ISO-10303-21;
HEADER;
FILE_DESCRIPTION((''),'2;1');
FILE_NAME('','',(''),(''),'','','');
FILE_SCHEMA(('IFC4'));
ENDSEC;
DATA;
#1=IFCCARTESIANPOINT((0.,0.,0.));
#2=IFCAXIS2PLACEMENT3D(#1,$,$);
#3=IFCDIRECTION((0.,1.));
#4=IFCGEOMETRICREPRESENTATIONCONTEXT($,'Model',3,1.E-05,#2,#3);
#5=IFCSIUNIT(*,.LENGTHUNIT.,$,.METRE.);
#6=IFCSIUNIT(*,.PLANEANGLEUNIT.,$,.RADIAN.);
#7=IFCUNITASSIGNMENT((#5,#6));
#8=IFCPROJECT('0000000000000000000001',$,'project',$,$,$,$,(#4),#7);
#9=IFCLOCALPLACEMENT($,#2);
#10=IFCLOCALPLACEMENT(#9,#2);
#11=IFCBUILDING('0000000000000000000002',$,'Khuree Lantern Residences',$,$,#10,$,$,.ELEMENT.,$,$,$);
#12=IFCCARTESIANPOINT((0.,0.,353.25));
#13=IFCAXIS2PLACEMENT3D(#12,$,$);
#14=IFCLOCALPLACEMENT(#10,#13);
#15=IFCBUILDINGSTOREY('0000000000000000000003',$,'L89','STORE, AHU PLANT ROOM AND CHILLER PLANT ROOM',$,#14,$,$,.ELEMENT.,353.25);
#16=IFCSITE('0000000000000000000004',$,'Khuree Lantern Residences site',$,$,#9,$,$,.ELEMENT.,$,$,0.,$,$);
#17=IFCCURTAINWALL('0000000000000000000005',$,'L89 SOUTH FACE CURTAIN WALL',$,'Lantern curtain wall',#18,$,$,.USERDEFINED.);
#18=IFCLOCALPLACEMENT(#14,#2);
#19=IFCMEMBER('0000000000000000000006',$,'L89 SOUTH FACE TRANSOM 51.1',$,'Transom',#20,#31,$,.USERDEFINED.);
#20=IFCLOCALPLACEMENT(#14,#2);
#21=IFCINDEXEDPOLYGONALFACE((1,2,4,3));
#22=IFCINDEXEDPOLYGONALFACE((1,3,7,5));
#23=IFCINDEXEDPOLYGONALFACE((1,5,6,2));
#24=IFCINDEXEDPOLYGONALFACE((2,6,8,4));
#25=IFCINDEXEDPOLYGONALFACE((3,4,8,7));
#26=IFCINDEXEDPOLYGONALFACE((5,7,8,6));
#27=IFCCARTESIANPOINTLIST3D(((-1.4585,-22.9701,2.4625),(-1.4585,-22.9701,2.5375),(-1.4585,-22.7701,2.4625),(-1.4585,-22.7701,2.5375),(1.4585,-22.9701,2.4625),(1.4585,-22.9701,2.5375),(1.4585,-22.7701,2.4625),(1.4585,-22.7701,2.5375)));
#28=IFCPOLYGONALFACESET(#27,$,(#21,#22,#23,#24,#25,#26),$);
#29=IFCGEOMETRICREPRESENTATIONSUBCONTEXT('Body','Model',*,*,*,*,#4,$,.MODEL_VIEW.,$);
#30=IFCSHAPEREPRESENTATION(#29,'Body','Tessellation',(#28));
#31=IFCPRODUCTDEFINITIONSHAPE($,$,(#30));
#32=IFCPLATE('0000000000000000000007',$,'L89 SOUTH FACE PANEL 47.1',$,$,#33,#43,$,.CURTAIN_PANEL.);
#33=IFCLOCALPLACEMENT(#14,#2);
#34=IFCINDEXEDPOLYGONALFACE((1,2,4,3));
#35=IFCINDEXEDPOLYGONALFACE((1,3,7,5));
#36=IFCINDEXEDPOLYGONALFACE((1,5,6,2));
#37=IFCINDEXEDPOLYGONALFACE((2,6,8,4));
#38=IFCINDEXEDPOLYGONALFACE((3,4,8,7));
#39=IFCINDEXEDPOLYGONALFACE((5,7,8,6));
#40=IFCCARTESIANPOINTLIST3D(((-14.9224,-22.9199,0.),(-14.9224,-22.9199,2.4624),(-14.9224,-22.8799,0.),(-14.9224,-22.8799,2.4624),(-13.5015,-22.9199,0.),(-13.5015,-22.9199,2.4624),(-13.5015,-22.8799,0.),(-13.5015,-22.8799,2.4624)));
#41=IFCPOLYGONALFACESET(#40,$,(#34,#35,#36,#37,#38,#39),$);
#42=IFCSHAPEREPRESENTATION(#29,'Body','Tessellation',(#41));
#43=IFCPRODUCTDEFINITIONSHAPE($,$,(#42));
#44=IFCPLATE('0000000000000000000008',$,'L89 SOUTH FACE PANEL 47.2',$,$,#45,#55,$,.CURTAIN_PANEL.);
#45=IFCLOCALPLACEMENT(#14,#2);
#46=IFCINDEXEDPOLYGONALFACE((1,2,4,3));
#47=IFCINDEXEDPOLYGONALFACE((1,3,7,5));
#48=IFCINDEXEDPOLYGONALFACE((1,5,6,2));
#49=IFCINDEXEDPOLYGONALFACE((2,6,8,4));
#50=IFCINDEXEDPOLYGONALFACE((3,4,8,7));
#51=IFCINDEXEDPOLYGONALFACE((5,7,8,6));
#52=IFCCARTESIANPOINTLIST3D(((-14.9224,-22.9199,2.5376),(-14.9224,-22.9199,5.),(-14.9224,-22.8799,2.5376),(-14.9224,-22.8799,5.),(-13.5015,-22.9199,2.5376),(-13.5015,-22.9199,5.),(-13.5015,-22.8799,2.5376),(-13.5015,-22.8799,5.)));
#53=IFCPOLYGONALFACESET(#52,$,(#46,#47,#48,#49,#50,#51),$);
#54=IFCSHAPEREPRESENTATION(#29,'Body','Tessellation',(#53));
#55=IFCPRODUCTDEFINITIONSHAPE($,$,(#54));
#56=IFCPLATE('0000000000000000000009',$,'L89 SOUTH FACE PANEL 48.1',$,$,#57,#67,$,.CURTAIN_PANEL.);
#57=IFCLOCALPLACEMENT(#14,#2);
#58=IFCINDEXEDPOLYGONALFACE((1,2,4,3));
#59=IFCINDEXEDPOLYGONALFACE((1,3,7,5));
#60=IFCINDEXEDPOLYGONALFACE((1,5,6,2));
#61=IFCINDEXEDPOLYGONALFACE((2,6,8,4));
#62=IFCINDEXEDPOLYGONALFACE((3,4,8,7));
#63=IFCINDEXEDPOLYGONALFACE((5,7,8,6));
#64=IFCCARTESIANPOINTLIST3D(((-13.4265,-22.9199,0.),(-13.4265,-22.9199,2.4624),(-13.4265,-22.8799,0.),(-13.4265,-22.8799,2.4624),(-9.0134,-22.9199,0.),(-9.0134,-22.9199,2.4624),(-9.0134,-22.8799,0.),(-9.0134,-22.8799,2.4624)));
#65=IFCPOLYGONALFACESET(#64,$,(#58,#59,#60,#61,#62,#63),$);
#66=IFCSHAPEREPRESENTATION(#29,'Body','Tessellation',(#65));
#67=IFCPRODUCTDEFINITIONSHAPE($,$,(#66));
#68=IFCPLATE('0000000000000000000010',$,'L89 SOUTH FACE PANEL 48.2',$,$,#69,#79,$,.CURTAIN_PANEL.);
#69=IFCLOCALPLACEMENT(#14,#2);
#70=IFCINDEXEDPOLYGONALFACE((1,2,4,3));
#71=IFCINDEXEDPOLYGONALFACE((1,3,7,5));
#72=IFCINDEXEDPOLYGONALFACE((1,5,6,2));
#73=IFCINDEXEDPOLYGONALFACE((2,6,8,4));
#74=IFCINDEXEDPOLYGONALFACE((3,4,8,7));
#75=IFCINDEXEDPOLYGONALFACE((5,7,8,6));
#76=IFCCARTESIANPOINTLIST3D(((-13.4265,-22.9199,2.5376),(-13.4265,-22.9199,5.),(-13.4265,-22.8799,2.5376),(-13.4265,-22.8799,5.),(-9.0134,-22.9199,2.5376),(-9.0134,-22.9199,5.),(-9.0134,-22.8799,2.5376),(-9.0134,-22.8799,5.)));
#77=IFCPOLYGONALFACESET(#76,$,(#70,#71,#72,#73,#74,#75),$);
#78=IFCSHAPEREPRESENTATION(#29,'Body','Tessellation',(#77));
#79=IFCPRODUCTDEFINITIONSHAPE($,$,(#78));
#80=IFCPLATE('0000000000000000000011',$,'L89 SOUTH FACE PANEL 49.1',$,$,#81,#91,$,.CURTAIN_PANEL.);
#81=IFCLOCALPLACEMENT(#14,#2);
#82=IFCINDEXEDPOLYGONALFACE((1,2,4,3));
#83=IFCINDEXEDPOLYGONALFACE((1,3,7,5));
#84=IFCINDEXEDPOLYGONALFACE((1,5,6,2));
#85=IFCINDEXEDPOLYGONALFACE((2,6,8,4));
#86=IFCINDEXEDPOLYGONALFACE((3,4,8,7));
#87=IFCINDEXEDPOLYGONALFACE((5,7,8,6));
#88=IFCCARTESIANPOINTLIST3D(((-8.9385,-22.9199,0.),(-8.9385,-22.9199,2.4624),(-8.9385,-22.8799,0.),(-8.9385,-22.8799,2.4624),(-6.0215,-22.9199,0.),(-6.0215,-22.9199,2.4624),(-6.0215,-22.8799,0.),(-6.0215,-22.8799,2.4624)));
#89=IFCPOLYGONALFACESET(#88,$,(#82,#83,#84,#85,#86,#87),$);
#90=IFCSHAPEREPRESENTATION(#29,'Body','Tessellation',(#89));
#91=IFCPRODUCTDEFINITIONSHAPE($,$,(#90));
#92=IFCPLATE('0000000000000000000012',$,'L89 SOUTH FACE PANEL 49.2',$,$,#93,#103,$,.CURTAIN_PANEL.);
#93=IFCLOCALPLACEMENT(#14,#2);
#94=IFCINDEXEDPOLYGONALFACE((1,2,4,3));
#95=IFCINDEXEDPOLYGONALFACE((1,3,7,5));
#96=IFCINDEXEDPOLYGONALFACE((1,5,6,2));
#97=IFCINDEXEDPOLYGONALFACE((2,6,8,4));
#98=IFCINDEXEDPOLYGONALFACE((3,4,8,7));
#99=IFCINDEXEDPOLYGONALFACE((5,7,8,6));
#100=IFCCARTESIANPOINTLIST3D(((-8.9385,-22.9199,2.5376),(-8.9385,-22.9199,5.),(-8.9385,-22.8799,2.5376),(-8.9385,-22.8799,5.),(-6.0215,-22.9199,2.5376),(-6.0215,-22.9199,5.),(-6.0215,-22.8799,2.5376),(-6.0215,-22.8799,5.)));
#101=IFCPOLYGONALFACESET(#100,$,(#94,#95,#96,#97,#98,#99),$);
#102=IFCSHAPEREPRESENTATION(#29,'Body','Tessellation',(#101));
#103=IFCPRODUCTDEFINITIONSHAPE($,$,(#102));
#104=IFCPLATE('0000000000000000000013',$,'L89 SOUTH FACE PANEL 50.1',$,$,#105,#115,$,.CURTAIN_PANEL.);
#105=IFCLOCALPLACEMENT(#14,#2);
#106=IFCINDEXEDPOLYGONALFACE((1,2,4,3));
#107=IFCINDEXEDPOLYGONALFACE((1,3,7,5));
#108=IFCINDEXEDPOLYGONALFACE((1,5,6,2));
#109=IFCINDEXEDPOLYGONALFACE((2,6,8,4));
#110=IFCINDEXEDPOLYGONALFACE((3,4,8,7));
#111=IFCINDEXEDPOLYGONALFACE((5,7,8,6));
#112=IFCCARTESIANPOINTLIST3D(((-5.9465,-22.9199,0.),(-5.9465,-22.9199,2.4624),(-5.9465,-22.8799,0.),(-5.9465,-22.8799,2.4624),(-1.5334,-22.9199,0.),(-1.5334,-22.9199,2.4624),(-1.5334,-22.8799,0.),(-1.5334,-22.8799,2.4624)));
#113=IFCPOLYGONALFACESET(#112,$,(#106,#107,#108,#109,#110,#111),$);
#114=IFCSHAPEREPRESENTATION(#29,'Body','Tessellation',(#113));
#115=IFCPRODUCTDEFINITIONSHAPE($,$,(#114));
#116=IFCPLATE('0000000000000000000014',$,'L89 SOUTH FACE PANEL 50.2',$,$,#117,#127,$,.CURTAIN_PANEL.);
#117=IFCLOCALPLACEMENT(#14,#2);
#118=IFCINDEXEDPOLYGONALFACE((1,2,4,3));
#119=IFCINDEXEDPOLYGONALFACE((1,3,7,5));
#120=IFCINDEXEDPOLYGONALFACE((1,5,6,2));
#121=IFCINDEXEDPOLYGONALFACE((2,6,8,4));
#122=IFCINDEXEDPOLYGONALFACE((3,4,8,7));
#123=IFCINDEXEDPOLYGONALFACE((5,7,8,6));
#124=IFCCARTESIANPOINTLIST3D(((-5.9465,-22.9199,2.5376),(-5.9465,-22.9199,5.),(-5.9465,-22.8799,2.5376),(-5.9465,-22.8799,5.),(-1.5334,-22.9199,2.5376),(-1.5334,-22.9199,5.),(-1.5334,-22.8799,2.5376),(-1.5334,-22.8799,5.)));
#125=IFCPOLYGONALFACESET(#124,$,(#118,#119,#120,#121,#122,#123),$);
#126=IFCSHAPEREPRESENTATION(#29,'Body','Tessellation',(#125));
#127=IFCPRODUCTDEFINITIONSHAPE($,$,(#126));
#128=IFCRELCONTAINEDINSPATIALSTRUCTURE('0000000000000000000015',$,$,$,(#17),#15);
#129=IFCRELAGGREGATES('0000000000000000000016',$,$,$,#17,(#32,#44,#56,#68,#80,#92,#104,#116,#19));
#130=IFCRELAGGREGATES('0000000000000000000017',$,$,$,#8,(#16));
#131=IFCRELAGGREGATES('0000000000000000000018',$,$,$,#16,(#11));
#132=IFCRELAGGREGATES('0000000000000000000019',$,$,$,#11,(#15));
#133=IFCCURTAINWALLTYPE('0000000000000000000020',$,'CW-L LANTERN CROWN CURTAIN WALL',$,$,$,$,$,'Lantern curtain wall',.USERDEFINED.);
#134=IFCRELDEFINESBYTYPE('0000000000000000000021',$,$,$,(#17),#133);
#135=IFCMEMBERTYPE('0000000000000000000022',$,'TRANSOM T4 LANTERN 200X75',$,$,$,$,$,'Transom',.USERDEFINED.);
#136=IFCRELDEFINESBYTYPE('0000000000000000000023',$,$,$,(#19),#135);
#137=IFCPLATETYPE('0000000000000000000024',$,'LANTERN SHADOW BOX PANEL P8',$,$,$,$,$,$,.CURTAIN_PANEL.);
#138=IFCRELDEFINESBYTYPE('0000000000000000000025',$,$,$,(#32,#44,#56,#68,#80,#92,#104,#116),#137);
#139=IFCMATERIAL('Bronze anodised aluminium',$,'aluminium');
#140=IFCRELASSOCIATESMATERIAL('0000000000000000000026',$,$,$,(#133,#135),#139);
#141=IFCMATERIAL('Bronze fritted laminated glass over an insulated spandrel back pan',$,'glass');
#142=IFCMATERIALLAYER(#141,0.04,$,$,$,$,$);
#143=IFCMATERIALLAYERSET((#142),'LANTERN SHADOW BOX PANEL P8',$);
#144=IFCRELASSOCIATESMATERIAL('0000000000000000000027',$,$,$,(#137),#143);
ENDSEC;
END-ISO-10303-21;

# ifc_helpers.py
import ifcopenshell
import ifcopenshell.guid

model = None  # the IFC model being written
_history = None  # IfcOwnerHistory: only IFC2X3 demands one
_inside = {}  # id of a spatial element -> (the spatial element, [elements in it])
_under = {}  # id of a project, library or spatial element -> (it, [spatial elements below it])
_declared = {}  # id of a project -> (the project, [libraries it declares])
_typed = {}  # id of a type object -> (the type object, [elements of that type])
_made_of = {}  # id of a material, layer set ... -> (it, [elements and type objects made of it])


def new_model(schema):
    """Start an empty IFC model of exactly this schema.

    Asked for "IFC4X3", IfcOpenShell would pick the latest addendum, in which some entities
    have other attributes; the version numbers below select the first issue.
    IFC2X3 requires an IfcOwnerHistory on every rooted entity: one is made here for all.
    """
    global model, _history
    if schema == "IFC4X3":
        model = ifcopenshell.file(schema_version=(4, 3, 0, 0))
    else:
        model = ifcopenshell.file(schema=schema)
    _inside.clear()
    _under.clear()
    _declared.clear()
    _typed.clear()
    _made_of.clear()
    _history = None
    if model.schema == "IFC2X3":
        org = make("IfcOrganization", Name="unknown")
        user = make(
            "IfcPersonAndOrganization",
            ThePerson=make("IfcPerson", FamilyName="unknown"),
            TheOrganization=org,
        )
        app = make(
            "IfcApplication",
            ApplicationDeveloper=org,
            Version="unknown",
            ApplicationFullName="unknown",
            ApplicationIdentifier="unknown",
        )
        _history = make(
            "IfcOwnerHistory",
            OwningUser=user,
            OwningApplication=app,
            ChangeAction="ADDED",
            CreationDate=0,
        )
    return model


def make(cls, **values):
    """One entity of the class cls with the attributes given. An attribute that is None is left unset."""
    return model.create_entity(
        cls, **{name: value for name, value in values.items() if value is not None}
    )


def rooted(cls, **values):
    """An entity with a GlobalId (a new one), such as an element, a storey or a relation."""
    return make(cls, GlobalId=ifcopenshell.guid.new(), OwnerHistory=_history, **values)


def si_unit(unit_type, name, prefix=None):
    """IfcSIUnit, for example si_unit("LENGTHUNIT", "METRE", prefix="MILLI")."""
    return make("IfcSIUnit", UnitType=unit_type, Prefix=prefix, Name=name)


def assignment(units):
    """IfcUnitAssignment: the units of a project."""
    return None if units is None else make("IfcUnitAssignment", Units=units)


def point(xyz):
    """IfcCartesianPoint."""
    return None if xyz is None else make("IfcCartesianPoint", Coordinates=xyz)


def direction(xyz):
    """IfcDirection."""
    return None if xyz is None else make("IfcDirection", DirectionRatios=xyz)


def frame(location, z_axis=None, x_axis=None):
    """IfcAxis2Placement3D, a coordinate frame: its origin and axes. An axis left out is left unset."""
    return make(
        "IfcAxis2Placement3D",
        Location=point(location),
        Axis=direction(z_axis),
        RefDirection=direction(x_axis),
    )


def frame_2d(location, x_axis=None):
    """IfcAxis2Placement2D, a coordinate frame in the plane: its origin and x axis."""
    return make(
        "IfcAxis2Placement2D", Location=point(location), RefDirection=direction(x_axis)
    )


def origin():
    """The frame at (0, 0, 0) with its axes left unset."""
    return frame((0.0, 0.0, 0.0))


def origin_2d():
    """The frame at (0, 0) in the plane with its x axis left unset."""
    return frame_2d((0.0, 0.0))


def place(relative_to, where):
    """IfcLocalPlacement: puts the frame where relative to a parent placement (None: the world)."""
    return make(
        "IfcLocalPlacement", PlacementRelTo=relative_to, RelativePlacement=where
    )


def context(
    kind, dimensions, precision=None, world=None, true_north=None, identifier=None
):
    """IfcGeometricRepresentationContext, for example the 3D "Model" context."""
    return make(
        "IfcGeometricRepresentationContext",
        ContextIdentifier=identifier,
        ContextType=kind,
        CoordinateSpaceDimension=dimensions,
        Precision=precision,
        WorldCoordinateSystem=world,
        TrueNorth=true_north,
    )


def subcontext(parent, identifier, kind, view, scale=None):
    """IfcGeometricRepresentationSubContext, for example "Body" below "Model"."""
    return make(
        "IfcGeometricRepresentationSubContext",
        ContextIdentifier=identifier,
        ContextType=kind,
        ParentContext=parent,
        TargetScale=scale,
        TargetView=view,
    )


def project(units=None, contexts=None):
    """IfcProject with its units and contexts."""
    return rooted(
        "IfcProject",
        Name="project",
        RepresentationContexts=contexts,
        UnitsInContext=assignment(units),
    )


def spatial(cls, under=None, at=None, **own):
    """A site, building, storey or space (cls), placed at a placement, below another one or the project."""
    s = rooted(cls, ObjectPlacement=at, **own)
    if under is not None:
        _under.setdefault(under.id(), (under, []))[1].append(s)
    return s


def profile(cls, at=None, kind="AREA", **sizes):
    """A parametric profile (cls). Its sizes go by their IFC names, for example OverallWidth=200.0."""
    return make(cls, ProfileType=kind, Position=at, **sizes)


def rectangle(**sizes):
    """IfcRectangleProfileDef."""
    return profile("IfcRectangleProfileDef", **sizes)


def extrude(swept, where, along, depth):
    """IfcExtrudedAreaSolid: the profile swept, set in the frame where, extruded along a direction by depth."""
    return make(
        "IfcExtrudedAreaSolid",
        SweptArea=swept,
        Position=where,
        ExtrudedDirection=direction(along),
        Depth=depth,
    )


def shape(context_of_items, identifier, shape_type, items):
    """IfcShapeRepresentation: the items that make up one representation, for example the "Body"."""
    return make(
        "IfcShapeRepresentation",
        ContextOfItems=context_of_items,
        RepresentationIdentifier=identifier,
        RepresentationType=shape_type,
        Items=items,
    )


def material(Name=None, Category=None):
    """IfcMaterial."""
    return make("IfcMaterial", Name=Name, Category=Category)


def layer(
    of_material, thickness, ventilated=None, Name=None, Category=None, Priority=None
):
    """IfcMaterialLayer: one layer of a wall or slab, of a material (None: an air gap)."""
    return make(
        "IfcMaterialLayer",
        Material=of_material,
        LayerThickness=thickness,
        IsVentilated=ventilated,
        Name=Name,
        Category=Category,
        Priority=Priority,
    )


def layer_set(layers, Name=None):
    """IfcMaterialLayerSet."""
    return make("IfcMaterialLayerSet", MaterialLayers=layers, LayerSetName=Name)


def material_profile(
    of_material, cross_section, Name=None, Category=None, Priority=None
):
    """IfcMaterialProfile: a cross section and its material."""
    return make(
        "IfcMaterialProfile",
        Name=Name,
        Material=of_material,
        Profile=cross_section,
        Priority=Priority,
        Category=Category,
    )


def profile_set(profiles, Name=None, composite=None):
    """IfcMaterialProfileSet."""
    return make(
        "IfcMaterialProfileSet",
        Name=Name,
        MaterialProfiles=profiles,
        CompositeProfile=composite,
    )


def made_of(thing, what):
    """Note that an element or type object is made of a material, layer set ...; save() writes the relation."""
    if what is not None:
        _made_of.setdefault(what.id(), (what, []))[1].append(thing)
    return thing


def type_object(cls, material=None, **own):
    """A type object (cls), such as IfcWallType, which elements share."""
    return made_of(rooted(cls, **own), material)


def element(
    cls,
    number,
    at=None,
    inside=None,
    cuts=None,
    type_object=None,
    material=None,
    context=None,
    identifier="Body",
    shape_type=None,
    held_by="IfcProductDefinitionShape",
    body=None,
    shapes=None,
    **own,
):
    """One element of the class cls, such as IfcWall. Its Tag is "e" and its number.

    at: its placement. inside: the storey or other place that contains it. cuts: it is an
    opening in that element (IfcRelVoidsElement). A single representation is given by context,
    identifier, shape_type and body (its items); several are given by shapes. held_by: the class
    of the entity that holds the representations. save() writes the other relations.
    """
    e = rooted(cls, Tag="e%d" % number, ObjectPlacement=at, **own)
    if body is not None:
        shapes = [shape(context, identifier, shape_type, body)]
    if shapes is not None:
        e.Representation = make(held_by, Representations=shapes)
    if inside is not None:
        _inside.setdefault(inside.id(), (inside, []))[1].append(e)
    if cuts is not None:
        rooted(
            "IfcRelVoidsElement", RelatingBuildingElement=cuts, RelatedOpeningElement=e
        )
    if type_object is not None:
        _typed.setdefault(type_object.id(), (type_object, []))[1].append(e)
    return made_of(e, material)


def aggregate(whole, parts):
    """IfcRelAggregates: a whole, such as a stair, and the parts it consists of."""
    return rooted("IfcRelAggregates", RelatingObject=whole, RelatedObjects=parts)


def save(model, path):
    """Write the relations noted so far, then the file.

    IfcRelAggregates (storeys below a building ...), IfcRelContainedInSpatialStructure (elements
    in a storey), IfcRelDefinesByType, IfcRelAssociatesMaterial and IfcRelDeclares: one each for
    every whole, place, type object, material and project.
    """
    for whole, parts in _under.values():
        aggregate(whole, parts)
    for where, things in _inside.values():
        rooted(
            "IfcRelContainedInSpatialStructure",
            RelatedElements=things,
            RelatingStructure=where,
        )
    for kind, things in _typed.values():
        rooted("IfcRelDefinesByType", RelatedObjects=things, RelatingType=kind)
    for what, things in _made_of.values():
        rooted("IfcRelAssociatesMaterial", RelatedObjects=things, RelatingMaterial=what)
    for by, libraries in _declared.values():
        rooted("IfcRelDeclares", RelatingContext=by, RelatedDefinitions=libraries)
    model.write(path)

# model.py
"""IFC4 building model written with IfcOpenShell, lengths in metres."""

from ifc_helpers import new_model, si_unit, direction, frame, origin, origin_2d, place, context, subcontext, project, spatial, rectangle, extrude, material, layer, layer_set, material_profile, profile_set, type_object, element, aggregate, save


model = new_model("IFC4")

# Units and contexts
model_context = context("Model", 3, precision=1e-05, world=origin(), true_north=direction((0.0, 1.0)))
body_context = subcontext(model_context, "Body", "Model", "MODEL_VIEW")
ifc_project = project(units=[si_unit("LENGTHUNIT", "METRE"), si_unit("PLANEANGLEUNIT", "RADIAN")], contexts=[model_context])

# Site, building, storey
site_placement = place(None, origin())
site = spatial("IfcSite", under=ifc_project, at=site_placement, Name="Khuree Lantern Residences site", CompositionType="ELEMENT", RefElevation=0.0)
building_placement = place(site_placement, origin())
building = spatial("IfcBuilding", under=site, at=building_placement, Name="Khuree Lantern Residences", CompositionType="ELEMENT")
storey_placement = place(building_placement, frame((0.0, 0.0, 353.25)))
storey = spatial("IfcBuildingStorey", under=building, at=storey_placement, Name="L89", Description="STORE, AHU PLANT ROOM AND CHILLER PLANT ROOM", CompositionType="ELEMENT", Elevation=353.25)

# Curtain wall
ifc_material_1 = material(Name="Bronze anodised aluminium", Category="aluminium")
curtain_wall_type = type_object("IfcCurtainWallType", Name="CW-L LANTERN CROWN CURTAIN WALL", ElementType="Lantern curtain wall", PredefinedType="USERDEFINED", material=ifc_material_1)
curtain_wall_placement = place(storey_placement, origin())
curtain_wall = element("IfcCurtainWall", 1, at=curtain_wall_placement, inside=storey, type_object=curtain_wall_type, Name="L89 SOUTH FACE CURTAIN WALL", ObjectType="Lantern curtain wall", PredefinedType="USERDEFINED")

# Member
ifc_material_profile_1 = material_profile(ifc_material_1, rectangle(XDim=0.2, YDim=0.075, at=origin_2d()), Name="T4 200X75")
ifc_profile_set_1 = profile_set([ifc_material_profile_1], Name="Bronze anodised aluminium")
member_type_1 = type_object("IfcMemberType", Name="TRANSOM T4 LANTERN 200X75", ElementType="Transom", PredefinedType="USERDEFINED", material=ifc_profile_set_1)
member_1_placement = place(storey_placement, frame((-1.4585, -22.8701, 2.5), z_axis=(1.0, 0.0, 0.0), x_axis=(0.0, 1.0, 0.0)))
member_1 = element("IfcMember", 2, at=member_1_placement, type_object=member_type_1, Name="L89 SOUTH FACE TRANSOM 51.1", ObjectType="Transom", PredefinedType="USERDEFINED", context=body_context, shape_type="SweptSolid", body=[
    extrude(rectangle(XDim=0.2, YDim=0.075, at=origin_2d()), origin(), (0.0, 0.0, 1.0), 2.917),
])

# Plates
ifc_material_2 = material(Name="Bronze fritted laminated glass over an insulated spandrel back pan", Category="glass")
ifc_layer = layer(ifc_material_2, 0.04)
ifc_layer_set = layer_set([ifc_layer], Name="LANTERN SHADOW BOX PANEL P8")
plate_type = type_object("IfcPlateType", Name="LANTERN SHADOW BOX PANEL P8", PredefinedType="CURTAIN_PANEL", material=ifc_layer_set)
plate_1_placement = place(storey_placement, frame((-14.2119, -22.8999, 0.0), z_axis=(0.0, 0.0, 1.0), x_axis=(1.0, 0.0, 0.0)))
plate_1 = element("IfcPlate", 3, at=plate_1_placement, type_object=plate_type, Name="L89 SOUTH FACE PANEL 47.1", PredefinedType="CURTAIN_PANEL", context=body_context, shape_type="SweptSolid", body=[
    extrude(rectangle(XDim=1.4209, YDim=0.04, at=origin_2d()), origin(), (0.0, 0.0, 1.0), 2.4624),
])
plate_2_placement = place(storey_placement, frame((-14.2119, -22.8999, 2.5376), z_axis=(0.0, 0.0, 1.0), x_axis=(1.0, 0.0, 0.0)))
plate_2 = element("IfcPlate", 4, at=plate_2_placement, type_object=plate_type, Name="L89 SOUTH FACE PANEL 47.2", PredefinedType="CURTAIN_PANEL", context=body_context, shape_type="SweptSolid", body=[
    extrude(rectangle(XDim=1.4209, YDim=0.04, at=origin_2d()), origin(), (0.0, 0.0, 1.0), 2.4624),
])
plate_3_placement = place(storey_placement, frame((-11.22, -22.8999, 0.0), z_axis=(0.0, 0.0, 1.0), x_axis=(1.0, 0.0, 0.0)))
plate_3 = element("IfcPlate", 5, at=plate_3_placement, type_object=plate_type, Name="L89 SOUTH FACE PANEL 48.1", PredefinedType="CURTAIN_PANEL", context=body_context, shape_type="SweptSolid", body=[
    extrude(rectangle(XDim=4.4131, YDim=0.04, at=origin_2d()), origin(), (0.0, 0.0, 1.0), 2.4624),
])
plate_4_placement = place(storey_placement, frame((-11.22, -22.8999, 2.5376), z_axis=(0.0, 0.0, 1.0), x_axis=(1.0, 0.0, 0.0)))
plate_4 = element("IfcPlate", 6, at=plate_4_placement, type_object=plate_type, Name="L89 SOUTH FACE PANEL 48.2", PredefinedType="CURTAIN_PANEL", context=body_context, shape_type="SweptSolid", body=[
    extrude(rectangle(XDim=4.4131, YDim=0.04, at=origin_2d()), origin(), (0.0, 0.0, 1.0), 2.4624),
])
plate_5_placement = place(storey_placement, frame((-7.48, -22.8999, 0.0), z_axis=(0.0, 0.0, 1.0), x_axis=(1.0, 0.0, 0.0)))
plate_5 = element("IfcPlate", 7, at=plate_5_placement, type_object=plate_type, Name="L89 SOUTH FACE PANEL 49.1", PredefinedType="CURTAIN_PANEL", context=body_context, shape_type="SweptSolid", body=[
    extrude(rectangle(XDim=2.917, YDim=0.04, at=origin_2d()), origin(), (0.0, 0.0, 1.0), 2.4624),
])
plate_6_placement = place(storey_placement, frame((-7.48, -22.8999, 2.5376), z_axis=(0.0, 0.0, 1.0), x_axis=(1.0, 0.0, 0.0)))
plate_6 = element("IfcPlate", 8, at=plate_6_placement, type_object=plate_type, Name="L89 SOUTH FACE PANEL 49.2", PredefinedType="CURTAIN_PANEL", context=body_context, shape_type="SweptSolid", body=[
    extrude(rectangle(XDim=2.917, YDim=0.04, at=origin_2d()), origin(), (0.0, 0.0, 1.0), 2.4624),
])
plate_7_placement = place(storey_placement, frame((-3.74, -22.8999, 0.0), z_axis=(0.0, 0.0, 1.0), x_axis=(1.0, 0.0, 0.0)))
plate_7 = element("IfcPlate", 9, at=plate_7_placement, type_object=plate_type, Name="L89 SOUTH FACE PANEL 50.1", PredefinedType="CURTAIN_PANEL", context=body_context, shape_type="SweptSolid", body=[
    extrude(rectangle(XDim=4.4131, YDim=0.04, at=origin_2d()), origin(), (0.0, 0.0, 1.0), 2.4624),
])
plate_8_placement = place(storey_placement, frame((-3.74, -22.8999, 2.5376), z_axis=(0.0, 0.0, 1.0), x_axis=(1.0, 0.0, 0.0)))
plate_8 = element("IfcPlate", 10, at=plate_8_placement, type_object=plate_type, Name="L89 SOUTH FACE PANEL 50.2", PredefinedType="CURTAIN_PANEL", context=body_context, shape_type="SweptSolid", body=[
    extrude(rectangle(XDim=4.4131, YDim=0.04, at=origin_2d()), origin(), (0.0, 0.0, 1.0), 2.4624),
])
aggregate(curtain_wall, [plate_1, plate_2, plate_3, plate_4, plate_5, plate_6, plate_7, plate_8, member_1])

save(model, "model.ifc")
